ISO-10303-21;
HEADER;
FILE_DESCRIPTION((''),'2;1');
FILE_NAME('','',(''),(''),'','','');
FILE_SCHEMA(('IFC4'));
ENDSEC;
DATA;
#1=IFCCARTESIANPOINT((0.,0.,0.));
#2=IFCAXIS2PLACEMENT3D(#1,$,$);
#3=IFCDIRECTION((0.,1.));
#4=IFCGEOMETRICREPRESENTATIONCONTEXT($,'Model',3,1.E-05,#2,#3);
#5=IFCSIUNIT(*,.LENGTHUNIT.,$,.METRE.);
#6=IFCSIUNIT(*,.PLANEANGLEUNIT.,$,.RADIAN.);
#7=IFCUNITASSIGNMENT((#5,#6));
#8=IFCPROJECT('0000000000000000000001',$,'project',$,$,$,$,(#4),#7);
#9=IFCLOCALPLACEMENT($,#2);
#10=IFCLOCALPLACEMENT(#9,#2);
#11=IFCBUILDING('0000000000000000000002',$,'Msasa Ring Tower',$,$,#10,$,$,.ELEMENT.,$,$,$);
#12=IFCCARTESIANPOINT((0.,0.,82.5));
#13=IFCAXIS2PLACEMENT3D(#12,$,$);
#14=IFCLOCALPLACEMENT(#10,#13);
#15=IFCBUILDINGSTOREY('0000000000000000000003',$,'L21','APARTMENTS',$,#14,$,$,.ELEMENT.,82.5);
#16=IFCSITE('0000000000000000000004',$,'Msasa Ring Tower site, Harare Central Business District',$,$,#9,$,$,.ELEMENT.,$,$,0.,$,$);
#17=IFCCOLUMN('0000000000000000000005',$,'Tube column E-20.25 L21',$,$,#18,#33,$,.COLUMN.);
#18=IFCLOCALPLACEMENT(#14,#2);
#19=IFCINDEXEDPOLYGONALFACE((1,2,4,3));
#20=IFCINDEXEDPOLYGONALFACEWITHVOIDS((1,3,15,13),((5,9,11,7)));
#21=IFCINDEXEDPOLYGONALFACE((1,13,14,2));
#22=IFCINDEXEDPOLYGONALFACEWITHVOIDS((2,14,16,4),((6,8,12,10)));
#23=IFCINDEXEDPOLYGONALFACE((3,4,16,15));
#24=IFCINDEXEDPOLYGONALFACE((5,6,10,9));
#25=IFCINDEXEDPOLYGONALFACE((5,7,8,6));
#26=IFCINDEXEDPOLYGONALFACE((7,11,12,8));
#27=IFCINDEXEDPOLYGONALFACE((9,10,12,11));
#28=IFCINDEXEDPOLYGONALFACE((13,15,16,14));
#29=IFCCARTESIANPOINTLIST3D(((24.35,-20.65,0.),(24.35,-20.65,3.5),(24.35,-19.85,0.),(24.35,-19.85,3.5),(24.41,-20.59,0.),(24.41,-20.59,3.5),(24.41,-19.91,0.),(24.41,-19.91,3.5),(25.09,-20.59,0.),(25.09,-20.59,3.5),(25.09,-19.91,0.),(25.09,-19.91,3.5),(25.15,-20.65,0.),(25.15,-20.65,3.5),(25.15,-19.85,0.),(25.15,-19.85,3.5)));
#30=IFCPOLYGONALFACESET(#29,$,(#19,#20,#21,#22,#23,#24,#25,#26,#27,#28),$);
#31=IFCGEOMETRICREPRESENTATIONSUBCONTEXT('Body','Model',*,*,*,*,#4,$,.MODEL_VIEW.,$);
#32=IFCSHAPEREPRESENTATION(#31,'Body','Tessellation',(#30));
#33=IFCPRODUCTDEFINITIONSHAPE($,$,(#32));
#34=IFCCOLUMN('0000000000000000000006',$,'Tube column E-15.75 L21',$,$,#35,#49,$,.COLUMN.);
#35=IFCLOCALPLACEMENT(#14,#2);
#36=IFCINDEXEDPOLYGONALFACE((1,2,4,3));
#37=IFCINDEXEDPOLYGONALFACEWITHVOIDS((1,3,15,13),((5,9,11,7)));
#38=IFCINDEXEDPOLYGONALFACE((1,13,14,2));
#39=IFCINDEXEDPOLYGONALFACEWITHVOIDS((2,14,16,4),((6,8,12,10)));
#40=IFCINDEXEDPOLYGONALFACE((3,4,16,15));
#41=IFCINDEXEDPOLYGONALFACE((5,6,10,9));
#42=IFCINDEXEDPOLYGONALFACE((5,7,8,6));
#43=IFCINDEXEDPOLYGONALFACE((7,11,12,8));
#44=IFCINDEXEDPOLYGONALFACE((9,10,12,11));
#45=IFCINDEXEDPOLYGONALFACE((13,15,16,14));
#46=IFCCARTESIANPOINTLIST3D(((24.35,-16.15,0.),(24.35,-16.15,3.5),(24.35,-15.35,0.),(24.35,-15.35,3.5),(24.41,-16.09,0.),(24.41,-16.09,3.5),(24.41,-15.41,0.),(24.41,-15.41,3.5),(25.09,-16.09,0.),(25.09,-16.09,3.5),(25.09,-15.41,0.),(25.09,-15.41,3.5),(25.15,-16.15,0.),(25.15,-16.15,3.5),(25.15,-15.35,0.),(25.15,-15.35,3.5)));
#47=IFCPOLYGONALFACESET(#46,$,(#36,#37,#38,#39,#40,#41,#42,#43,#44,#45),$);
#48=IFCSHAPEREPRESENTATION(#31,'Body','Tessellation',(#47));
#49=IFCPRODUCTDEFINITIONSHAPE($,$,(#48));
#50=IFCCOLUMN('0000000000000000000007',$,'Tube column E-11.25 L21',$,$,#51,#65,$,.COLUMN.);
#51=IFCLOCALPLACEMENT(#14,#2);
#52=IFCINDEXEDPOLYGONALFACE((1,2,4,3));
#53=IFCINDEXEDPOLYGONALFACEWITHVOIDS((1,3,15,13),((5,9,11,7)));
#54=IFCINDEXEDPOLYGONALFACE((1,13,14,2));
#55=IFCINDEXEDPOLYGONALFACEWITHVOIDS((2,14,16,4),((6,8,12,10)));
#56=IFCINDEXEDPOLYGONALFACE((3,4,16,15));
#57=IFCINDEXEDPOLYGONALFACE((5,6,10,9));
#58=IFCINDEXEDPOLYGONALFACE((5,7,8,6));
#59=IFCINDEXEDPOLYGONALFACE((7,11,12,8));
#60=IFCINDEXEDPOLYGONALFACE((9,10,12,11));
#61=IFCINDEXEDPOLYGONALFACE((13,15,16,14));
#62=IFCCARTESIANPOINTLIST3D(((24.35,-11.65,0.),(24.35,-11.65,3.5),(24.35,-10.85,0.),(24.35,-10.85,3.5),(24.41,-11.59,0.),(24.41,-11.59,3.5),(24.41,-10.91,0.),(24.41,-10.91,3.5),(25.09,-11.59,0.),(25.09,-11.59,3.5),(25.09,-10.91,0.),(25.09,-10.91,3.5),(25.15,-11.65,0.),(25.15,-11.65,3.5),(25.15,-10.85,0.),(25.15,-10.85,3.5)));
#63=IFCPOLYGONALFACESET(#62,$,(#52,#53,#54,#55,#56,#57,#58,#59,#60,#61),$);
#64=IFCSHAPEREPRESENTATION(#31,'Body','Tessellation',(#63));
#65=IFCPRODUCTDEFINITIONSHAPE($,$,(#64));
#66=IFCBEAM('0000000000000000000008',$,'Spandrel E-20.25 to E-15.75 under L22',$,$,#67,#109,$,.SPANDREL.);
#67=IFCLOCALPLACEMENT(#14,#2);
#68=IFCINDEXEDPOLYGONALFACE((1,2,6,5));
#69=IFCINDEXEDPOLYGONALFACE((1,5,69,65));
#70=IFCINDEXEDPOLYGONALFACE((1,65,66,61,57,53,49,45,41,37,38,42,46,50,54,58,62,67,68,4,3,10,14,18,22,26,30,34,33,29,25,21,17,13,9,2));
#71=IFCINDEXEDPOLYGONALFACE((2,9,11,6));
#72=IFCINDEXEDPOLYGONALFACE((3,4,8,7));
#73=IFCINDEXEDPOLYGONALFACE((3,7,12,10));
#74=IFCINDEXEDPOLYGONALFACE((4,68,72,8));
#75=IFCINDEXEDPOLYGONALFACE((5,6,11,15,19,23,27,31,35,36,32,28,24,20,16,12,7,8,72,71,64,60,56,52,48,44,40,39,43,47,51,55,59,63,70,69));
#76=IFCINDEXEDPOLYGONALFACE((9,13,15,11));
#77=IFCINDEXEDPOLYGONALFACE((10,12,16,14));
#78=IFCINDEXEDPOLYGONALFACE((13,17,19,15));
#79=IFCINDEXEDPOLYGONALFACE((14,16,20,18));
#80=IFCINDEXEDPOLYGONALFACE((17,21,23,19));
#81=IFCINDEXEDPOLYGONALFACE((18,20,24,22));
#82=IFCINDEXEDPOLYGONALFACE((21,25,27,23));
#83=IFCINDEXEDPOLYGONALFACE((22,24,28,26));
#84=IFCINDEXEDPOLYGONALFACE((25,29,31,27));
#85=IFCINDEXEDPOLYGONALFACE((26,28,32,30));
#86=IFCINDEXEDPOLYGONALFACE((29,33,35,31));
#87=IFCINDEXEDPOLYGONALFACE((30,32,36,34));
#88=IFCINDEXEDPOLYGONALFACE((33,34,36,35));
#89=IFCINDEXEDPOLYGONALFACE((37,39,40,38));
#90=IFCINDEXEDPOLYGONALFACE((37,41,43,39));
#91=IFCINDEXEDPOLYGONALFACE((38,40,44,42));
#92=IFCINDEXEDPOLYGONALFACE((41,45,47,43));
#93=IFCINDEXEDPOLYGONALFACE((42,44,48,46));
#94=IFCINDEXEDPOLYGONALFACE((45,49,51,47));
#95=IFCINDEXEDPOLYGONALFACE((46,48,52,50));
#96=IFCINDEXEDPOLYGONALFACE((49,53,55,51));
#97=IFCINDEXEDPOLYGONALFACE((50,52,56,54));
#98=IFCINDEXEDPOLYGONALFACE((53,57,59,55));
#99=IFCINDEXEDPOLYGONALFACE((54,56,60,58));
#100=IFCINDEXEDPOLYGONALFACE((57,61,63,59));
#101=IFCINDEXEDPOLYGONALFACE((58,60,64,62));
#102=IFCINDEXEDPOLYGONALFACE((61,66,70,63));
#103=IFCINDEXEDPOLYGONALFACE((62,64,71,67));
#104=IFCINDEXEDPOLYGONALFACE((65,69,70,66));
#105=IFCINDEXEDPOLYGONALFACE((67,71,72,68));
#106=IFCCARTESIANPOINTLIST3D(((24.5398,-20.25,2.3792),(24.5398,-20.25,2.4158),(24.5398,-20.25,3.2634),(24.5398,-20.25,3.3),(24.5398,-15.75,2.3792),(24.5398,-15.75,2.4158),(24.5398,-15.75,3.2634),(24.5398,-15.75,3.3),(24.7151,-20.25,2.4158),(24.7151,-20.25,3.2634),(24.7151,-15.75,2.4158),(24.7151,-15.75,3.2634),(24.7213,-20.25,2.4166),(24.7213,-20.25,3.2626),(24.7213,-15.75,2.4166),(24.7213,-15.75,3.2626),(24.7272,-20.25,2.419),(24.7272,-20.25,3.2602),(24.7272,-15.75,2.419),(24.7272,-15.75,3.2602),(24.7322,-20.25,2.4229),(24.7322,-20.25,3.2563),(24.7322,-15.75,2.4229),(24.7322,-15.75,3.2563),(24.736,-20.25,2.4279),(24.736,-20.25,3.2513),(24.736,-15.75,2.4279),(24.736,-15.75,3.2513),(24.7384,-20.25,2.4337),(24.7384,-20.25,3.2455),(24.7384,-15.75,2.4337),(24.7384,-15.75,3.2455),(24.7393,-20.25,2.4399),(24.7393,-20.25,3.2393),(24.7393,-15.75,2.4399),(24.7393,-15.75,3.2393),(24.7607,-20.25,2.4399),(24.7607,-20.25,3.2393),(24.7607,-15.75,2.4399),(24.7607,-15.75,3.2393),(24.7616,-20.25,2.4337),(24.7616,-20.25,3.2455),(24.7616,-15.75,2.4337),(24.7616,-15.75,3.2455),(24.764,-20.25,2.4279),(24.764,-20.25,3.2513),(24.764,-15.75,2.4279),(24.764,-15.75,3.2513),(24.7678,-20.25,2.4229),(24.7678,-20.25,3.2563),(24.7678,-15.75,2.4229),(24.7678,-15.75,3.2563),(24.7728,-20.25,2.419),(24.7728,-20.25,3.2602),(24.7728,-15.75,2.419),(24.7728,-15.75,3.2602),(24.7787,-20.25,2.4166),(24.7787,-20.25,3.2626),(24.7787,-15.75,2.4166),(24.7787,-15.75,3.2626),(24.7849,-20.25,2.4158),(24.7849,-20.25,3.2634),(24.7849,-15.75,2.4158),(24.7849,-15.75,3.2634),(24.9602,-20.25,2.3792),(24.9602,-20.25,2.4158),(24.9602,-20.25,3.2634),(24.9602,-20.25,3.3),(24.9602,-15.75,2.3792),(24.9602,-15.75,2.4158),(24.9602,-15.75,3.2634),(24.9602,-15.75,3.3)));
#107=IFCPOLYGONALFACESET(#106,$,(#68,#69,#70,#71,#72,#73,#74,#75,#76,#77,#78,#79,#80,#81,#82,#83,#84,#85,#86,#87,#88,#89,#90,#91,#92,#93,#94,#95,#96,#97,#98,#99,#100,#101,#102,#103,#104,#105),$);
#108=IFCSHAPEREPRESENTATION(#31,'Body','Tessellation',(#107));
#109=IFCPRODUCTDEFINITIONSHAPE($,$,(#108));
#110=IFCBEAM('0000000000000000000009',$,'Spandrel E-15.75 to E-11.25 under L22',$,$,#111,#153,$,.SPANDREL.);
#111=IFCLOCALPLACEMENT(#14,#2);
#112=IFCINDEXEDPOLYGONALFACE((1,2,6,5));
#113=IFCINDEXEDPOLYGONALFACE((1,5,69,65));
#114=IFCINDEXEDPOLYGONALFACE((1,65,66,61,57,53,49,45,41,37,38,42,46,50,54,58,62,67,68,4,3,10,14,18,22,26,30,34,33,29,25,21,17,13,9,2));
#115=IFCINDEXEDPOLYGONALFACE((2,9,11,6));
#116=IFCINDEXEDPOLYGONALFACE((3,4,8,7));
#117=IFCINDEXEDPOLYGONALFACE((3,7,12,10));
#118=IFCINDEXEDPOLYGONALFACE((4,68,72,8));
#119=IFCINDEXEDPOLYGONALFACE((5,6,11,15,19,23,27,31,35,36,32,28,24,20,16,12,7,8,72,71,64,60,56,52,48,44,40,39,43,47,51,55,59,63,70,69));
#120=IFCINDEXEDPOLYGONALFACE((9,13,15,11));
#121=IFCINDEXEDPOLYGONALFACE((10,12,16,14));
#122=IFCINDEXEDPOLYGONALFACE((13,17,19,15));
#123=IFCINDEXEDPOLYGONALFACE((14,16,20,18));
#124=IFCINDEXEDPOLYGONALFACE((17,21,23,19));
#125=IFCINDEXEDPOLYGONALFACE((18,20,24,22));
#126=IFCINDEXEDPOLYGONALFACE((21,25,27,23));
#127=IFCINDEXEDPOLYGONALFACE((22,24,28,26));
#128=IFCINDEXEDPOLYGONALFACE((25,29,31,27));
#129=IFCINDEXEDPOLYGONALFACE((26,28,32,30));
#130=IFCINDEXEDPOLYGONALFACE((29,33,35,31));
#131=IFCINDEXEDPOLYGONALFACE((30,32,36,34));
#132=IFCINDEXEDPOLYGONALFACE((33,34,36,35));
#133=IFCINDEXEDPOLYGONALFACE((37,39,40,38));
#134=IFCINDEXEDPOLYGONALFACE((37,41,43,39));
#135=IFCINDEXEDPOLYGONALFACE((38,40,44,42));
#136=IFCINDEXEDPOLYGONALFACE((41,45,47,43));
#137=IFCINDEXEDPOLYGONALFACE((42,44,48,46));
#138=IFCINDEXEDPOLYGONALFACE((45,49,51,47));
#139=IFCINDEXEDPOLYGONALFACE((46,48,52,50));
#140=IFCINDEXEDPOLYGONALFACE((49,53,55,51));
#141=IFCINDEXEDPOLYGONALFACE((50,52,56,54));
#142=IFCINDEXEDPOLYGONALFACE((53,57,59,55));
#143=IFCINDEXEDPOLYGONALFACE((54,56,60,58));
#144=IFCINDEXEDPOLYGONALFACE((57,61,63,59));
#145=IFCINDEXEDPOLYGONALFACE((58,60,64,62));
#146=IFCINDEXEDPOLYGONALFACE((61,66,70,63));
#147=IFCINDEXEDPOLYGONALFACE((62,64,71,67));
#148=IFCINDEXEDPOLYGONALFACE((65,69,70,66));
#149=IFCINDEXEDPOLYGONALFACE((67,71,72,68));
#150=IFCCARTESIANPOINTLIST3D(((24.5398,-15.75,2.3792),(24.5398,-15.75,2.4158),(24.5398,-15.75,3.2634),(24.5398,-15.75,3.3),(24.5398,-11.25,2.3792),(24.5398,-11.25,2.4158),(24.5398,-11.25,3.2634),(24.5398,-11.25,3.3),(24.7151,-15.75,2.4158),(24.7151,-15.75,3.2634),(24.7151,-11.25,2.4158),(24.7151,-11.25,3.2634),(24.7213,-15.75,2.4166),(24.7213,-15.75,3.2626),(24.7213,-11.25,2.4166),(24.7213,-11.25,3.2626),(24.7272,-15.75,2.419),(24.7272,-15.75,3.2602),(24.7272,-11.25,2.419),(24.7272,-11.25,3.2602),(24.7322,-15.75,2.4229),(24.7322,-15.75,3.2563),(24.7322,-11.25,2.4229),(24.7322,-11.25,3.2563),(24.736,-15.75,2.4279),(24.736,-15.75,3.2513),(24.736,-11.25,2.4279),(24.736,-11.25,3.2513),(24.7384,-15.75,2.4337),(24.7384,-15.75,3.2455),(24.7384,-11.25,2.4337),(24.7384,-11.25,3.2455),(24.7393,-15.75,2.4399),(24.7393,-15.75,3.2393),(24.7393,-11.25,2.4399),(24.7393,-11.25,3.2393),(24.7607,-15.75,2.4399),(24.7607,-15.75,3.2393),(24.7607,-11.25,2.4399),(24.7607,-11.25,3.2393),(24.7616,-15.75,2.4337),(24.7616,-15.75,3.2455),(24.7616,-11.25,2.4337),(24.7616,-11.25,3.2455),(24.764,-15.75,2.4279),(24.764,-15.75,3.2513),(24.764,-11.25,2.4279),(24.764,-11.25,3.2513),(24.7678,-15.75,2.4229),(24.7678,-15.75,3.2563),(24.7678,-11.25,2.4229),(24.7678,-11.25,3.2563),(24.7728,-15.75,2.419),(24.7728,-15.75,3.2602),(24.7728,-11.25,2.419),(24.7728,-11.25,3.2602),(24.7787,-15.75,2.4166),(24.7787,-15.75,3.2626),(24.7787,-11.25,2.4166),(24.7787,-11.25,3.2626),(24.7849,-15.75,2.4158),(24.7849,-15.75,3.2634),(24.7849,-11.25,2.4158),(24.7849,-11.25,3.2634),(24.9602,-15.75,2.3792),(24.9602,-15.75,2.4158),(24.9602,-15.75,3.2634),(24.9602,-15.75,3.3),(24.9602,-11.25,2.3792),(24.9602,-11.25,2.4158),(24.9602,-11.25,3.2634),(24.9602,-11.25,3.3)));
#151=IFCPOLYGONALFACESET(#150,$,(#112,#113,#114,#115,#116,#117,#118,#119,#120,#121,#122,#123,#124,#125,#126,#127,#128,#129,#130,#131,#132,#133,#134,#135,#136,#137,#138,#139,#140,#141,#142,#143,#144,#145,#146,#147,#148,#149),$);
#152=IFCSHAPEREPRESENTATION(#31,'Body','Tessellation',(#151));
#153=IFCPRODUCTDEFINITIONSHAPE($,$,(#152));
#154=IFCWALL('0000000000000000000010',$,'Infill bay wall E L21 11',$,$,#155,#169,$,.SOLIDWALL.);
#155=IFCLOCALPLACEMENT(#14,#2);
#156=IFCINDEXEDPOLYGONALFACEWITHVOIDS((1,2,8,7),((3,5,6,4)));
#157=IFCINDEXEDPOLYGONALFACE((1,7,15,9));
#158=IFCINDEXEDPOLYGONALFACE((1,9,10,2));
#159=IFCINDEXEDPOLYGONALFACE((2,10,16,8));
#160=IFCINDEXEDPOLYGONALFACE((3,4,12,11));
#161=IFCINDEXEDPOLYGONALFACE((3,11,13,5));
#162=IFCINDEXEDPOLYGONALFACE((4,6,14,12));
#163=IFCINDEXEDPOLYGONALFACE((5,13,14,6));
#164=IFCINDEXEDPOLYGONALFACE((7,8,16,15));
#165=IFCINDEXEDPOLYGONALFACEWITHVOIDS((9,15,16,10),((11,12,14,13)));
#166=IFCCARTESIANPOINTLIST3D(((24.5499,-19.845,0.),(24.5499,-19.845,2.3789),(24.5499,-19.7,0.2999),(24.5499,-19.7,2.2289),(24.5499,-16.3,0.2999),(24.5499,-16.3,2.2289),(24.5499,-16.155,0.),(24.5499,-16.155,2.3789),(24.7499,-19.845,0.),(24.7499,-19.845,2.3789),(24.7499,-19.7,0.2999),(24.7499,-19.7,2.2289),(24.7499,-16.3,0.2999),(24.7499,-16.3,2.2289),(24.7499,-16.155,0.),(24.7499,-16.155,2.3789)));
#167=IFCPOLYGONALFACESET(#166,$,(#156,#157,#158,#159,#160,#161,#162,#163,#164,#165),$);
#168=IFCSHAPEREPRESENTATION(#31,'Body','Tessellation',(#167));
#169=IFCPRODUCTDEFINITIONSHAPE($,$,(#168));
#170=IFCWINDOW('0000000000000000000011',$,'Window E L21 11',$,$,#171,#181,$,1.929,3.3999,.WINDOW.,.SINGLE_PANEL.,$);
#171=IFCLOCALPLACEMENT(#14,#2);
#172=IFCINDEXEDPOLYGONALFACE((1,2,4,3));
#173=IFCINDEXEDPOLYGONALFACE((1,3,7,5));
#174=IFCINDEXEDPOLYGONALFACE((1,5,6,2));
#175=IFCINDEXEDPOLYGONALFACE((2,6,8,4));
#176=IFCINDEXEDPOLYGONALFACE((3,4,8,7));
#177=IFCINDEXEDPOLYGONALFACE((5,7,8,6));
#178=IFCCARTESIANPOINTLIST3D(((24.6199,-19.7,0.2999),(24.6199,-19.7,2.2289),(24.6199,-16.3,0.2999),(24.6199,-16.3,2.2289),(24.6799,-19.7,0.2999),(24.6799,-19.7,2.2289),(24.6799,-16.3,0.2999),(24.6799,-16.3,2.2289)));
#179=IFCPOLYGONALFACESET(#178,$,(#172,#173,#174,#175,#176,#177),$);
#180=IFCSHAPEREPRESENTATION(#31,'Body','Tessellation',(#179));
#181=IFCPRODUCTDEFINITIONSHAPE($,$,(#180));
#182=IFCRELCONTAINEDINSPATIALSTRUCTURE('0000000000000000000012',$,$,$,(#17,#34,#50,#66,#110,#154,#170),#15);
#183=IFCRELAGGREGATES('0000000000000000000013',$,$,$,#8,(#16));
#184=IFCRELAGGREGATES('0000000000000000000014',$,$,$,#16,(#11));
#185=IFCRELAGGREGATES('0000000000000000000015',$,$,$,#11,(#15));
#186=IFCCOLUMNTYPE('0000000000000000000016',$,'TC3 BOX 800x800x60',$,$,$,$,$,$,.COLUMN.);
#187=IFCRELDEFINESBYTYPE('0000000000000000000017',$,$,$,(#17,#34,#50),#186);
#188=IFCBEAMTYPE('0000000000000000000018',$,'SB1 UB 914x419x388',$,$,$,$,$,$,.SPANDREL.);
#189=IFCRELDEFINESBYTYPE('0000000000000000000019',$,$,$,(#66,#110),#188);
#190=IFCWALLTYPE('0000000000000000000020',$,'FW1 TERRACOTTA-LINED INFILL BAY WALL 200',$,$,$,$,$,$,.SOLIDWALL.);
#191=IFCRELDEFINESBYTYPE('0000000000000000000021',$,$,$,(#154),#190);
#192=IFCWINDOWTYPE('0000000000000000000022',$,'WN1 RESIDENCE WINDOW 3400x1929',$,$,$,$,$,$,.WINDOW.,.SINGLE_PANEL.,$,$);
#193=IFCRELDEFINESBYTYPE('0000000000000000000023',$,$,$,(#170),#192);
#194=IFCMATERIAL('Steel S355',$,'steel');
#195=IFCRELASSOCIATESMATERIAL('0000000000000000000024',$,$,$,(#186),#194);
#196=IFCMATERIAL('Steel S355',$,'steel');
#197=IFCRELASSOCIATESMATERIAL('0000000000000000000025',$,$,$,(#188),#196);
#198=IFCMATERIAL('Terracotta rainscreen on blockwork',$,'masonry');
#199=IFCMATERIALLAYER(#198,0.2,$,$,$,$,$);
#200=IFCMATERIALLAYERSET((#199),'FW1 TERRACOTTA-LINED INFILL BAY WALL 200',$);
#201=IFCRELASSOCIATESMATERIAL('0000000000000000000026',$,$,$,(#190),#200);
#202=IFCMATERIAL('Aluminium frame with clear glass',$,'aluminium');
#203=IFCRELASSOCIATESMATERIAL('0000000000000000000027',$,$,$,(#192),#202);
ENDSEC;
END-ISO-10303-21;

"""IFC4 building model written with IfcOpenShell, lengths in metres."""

from ifc_helpers import new_model, si_unit, direction, frame, frame_2d, origin, origin_2d, place, context, subcontext, project, spatial, rectangle, hollow_rectangle, i_section, extrude, material, layer, layer_set, material_profile, profile_set, type_object, element, fill, save


model = new_model("IFC4")

# Units and contexts
model_context = context("Model", 3, precision=1e-05, world=origin(), true_north=direction((0.0, 1.0)))
body_context = subcontext(model_context, "Body", "Model", "MODEL_VIEW")
ifc_project = project(units=[si_unit("LENGTHUNIT", "METRE"), si_unit("PLANEANGLEUNIT", "RADIAN")], contexts=[model_context])

# Site, building, storey
site_placement = place(None, origin())
site = spatial("IfcSite", under=ifc_project, at=site_placement, Name="Msasa Ring Tower site, Harare Central Business District", CompositionType="ELEMENT", RefElevation=0.0)
building_placement = place(site_placement, origin())
building = spatial("IfcBuilding", under=site, at=building_placement, Name="Msasa Ring Tower", CompositionType="ELEMENT")
storey_placement = place(building_placement, frame((0.0, 0.0, 82.5)))
storey = spatial("IfcBuildingStorey", under=building, at=storey_placement, Name="L21", Description="APARTMENTS", CompositionType="ELEMENT", Elevation=82.5)

# Columns
ifc_material_1 = material(Name="Steel S355", Category="steel")
ifc_material_profile_1 = material_profile(ifc_material_1, hollow_rectangle(XDim=0.8, YDim=0.8, WallThickness=0.0601, at=origin_2d()), Name="BOX 800x800x60")
ifc_profile_set_1 = profile_set([ifc_material_profile_1], Name="Steel S355")
column_type = type_object("IfcColumnType", Name="TC3 BOX 800x800x60", PredefinedType="COLUMN", material=ifc_profile_set_1)
for number, where, z_axis, x_axis, name in (
    (1, (24.75, -20.25, 0.0), (0.0, 0.0, 1.0), (1.0, 0.0, 0.0), "Tube column E-20.25 L21"),
    (2, (24.75, -15.75, 0.0), (0.0, 0.0, 1.0), (1.0, 0.0, 0.0), "Tube column E-15.75 L21"),
    (3, (24.75, -11.25, 0.0), (0.0, 0.0, 1.0), (1.0, 0.0, 0.0), "Tube column E-11.25 L21"),
):
    element("IfcColumn", number, at=place(storey_placement, frame(where, z_axis=z_axis, x_axis=x_axis)), inside=storey, type_object=column_type, Name=name, PredefinedType="COLUMN", context=body_context, shape_type="SweptSolid", body=[
        extrude(hollow_rectangle(XDim=0.8, YDim=0.8, WallThickness=0.0601, at=origin_2d()), origin(), (0.0, 0.0, 1.0), 3.5),
    ])

# Beams
ifc_material_2 = material(Name="Steel S355", Category="steel")
ifc_material_profile_2 = material_profile(ifc_material_2, i_section(OverallWidth=0.4204, OverallDepth=0.9209, WebThickness=0.0215, FlangeThickness=0.0366, FilletRadius=0.0242, at=origin_2d()), Name="UB 914x419x388")
ifc_profile_set_2 = profile_set([ifc_material_profile_2], Name="Steel S355")
beam_type = type_object("IfcBeamType", Name="SB1 UB 914x419x388", PredefinedType="SPANDREL", material=ifc_profile_set_2)
for number, where, z_axis, x_axis, name in (
    (4, (24.75, -20.25, 2.8396), (0.0, 1.0, 0.0), (-1.0, 0.0, 0.0), "Spandrel E-20.25 to E-15.75 under L22"),
    (5, (24.75, -15.75, 2.8396), (0.0, 1.0, 0.0), (-1.0, 0.0, 0.0), "Spandrel E-15.75 to E-11.25 under L22"),
):
    element("IfcBeam", number, at=place(storey_placement, frame(where, z_axis=z_axis, x_axis=x_axis)), inside=storey, type_object=beam_type, Name=name, PredefinedType="SPANDREL", context=body_context, shape_type="SweptSolid", body=[
        extrude(i_section(OverallWidth=0.4204, OverallDepth=0.9209, WebThickness=0.0215, FlangeThickness=0.0366, FilletRadius=0.0242, at=origin_2d()), origin(), (0.0, 0.0, 1.0), 4.5),
    ])

# Wall, opening, window
ifc_material_3 = material(Name="Terracotta rainscreen on blockwork", Category="masonry")
ifc_layer_1 = layer(ifc_material_3, 0.2)
ifc_layer_set_1 = layer_set([ifc_layer_1], Name="FW1 TERRACOTTA-LINED INFILL BAY WALL 200")
wall_type_1 = type_object("IfcWallType", Name="FW1 TERRACOTTA-LINED INFILL BAY WALL 200", PredefinedType="SOLIDWALL", material=ifc_layer_set_1)
wall_1_placement = place(storey_placement, frame((24.6499, -19.845, 0.0), z_axis=(0.0, 0.0, 1.0), x_axis=(0.0, 1.0, 0.0)))
wall_1 = element("IfcWall", 6, at=wall_1_placement, inside=storey, type_object=wall_type_1, Name="Infill bay wall E L21 11", PredefinedType="SOLIDWALL", context=body_context, shape_type="SweptSolid", body=[
    extrude(rectangle(XDim=3.6899, YDim=0.2, at=frame_2d((1.845, 0.0))), origin(), (0.0, 0.0, 1.0), 2.3789),
])
opening_1_placement = place(wall_1_placement, frame((0.145, 0.0, 0.3)))
opening_1 = element("IfcOpeningElement", 7, at=opening_1_placement, cuts=wall_1, PredefinedType="OPENING", context=body_context, shape_type="SweptSolid", body=[
    extrude(rectangle(XDim=3.3999, YDim=1.929, at=frame_2d((1.7, 0.9644))), frame((0.0, 0.1099, 0.0), z_axis=(0.0, -1.0, 0.0), x_axis=(1.0, 0.0, 0.0)), (0.0, 0.0, 1.0), 0.22),
])
ifc_material_4 = material(Name="Aluminium frame with clear glass", Category="aluminium")
window_type = type_object("IfcWindowType", Name="WN1 RESIDENCE WINDOW 3400x1929", PartitioningType="SINGLE_PANEL", PredefinedType="WINDOW", material=ifc_material_4)
window_1_placement = place(opening_1_placement, origin())
window_1 = element("IfcWindow", 8, at=window_1_placement, inside=storey, type_object=window_type, Name="Window E L21 11", OverallHeight=1.929, OverallWidth=3.3999, PartitioningType="SINGLE_PANEL", PredefinedType="WINDOW", context=body_context, shape_type="SweptSolid", body=[
    extrude(rectangle(XDim=3.3999, YDim=1.929, at=frame_2d((1.7, 0.9644))), frame((0.0, 0.03, 0.0), z_axis=(0.0, -1.0, 0.0), x_axis=(1.0, 0.0, 0.0)), (0.0, 0.0, 1.0), 0.0601),
])
fill(opening_1, window_1)

save(model, "model.ifc")
